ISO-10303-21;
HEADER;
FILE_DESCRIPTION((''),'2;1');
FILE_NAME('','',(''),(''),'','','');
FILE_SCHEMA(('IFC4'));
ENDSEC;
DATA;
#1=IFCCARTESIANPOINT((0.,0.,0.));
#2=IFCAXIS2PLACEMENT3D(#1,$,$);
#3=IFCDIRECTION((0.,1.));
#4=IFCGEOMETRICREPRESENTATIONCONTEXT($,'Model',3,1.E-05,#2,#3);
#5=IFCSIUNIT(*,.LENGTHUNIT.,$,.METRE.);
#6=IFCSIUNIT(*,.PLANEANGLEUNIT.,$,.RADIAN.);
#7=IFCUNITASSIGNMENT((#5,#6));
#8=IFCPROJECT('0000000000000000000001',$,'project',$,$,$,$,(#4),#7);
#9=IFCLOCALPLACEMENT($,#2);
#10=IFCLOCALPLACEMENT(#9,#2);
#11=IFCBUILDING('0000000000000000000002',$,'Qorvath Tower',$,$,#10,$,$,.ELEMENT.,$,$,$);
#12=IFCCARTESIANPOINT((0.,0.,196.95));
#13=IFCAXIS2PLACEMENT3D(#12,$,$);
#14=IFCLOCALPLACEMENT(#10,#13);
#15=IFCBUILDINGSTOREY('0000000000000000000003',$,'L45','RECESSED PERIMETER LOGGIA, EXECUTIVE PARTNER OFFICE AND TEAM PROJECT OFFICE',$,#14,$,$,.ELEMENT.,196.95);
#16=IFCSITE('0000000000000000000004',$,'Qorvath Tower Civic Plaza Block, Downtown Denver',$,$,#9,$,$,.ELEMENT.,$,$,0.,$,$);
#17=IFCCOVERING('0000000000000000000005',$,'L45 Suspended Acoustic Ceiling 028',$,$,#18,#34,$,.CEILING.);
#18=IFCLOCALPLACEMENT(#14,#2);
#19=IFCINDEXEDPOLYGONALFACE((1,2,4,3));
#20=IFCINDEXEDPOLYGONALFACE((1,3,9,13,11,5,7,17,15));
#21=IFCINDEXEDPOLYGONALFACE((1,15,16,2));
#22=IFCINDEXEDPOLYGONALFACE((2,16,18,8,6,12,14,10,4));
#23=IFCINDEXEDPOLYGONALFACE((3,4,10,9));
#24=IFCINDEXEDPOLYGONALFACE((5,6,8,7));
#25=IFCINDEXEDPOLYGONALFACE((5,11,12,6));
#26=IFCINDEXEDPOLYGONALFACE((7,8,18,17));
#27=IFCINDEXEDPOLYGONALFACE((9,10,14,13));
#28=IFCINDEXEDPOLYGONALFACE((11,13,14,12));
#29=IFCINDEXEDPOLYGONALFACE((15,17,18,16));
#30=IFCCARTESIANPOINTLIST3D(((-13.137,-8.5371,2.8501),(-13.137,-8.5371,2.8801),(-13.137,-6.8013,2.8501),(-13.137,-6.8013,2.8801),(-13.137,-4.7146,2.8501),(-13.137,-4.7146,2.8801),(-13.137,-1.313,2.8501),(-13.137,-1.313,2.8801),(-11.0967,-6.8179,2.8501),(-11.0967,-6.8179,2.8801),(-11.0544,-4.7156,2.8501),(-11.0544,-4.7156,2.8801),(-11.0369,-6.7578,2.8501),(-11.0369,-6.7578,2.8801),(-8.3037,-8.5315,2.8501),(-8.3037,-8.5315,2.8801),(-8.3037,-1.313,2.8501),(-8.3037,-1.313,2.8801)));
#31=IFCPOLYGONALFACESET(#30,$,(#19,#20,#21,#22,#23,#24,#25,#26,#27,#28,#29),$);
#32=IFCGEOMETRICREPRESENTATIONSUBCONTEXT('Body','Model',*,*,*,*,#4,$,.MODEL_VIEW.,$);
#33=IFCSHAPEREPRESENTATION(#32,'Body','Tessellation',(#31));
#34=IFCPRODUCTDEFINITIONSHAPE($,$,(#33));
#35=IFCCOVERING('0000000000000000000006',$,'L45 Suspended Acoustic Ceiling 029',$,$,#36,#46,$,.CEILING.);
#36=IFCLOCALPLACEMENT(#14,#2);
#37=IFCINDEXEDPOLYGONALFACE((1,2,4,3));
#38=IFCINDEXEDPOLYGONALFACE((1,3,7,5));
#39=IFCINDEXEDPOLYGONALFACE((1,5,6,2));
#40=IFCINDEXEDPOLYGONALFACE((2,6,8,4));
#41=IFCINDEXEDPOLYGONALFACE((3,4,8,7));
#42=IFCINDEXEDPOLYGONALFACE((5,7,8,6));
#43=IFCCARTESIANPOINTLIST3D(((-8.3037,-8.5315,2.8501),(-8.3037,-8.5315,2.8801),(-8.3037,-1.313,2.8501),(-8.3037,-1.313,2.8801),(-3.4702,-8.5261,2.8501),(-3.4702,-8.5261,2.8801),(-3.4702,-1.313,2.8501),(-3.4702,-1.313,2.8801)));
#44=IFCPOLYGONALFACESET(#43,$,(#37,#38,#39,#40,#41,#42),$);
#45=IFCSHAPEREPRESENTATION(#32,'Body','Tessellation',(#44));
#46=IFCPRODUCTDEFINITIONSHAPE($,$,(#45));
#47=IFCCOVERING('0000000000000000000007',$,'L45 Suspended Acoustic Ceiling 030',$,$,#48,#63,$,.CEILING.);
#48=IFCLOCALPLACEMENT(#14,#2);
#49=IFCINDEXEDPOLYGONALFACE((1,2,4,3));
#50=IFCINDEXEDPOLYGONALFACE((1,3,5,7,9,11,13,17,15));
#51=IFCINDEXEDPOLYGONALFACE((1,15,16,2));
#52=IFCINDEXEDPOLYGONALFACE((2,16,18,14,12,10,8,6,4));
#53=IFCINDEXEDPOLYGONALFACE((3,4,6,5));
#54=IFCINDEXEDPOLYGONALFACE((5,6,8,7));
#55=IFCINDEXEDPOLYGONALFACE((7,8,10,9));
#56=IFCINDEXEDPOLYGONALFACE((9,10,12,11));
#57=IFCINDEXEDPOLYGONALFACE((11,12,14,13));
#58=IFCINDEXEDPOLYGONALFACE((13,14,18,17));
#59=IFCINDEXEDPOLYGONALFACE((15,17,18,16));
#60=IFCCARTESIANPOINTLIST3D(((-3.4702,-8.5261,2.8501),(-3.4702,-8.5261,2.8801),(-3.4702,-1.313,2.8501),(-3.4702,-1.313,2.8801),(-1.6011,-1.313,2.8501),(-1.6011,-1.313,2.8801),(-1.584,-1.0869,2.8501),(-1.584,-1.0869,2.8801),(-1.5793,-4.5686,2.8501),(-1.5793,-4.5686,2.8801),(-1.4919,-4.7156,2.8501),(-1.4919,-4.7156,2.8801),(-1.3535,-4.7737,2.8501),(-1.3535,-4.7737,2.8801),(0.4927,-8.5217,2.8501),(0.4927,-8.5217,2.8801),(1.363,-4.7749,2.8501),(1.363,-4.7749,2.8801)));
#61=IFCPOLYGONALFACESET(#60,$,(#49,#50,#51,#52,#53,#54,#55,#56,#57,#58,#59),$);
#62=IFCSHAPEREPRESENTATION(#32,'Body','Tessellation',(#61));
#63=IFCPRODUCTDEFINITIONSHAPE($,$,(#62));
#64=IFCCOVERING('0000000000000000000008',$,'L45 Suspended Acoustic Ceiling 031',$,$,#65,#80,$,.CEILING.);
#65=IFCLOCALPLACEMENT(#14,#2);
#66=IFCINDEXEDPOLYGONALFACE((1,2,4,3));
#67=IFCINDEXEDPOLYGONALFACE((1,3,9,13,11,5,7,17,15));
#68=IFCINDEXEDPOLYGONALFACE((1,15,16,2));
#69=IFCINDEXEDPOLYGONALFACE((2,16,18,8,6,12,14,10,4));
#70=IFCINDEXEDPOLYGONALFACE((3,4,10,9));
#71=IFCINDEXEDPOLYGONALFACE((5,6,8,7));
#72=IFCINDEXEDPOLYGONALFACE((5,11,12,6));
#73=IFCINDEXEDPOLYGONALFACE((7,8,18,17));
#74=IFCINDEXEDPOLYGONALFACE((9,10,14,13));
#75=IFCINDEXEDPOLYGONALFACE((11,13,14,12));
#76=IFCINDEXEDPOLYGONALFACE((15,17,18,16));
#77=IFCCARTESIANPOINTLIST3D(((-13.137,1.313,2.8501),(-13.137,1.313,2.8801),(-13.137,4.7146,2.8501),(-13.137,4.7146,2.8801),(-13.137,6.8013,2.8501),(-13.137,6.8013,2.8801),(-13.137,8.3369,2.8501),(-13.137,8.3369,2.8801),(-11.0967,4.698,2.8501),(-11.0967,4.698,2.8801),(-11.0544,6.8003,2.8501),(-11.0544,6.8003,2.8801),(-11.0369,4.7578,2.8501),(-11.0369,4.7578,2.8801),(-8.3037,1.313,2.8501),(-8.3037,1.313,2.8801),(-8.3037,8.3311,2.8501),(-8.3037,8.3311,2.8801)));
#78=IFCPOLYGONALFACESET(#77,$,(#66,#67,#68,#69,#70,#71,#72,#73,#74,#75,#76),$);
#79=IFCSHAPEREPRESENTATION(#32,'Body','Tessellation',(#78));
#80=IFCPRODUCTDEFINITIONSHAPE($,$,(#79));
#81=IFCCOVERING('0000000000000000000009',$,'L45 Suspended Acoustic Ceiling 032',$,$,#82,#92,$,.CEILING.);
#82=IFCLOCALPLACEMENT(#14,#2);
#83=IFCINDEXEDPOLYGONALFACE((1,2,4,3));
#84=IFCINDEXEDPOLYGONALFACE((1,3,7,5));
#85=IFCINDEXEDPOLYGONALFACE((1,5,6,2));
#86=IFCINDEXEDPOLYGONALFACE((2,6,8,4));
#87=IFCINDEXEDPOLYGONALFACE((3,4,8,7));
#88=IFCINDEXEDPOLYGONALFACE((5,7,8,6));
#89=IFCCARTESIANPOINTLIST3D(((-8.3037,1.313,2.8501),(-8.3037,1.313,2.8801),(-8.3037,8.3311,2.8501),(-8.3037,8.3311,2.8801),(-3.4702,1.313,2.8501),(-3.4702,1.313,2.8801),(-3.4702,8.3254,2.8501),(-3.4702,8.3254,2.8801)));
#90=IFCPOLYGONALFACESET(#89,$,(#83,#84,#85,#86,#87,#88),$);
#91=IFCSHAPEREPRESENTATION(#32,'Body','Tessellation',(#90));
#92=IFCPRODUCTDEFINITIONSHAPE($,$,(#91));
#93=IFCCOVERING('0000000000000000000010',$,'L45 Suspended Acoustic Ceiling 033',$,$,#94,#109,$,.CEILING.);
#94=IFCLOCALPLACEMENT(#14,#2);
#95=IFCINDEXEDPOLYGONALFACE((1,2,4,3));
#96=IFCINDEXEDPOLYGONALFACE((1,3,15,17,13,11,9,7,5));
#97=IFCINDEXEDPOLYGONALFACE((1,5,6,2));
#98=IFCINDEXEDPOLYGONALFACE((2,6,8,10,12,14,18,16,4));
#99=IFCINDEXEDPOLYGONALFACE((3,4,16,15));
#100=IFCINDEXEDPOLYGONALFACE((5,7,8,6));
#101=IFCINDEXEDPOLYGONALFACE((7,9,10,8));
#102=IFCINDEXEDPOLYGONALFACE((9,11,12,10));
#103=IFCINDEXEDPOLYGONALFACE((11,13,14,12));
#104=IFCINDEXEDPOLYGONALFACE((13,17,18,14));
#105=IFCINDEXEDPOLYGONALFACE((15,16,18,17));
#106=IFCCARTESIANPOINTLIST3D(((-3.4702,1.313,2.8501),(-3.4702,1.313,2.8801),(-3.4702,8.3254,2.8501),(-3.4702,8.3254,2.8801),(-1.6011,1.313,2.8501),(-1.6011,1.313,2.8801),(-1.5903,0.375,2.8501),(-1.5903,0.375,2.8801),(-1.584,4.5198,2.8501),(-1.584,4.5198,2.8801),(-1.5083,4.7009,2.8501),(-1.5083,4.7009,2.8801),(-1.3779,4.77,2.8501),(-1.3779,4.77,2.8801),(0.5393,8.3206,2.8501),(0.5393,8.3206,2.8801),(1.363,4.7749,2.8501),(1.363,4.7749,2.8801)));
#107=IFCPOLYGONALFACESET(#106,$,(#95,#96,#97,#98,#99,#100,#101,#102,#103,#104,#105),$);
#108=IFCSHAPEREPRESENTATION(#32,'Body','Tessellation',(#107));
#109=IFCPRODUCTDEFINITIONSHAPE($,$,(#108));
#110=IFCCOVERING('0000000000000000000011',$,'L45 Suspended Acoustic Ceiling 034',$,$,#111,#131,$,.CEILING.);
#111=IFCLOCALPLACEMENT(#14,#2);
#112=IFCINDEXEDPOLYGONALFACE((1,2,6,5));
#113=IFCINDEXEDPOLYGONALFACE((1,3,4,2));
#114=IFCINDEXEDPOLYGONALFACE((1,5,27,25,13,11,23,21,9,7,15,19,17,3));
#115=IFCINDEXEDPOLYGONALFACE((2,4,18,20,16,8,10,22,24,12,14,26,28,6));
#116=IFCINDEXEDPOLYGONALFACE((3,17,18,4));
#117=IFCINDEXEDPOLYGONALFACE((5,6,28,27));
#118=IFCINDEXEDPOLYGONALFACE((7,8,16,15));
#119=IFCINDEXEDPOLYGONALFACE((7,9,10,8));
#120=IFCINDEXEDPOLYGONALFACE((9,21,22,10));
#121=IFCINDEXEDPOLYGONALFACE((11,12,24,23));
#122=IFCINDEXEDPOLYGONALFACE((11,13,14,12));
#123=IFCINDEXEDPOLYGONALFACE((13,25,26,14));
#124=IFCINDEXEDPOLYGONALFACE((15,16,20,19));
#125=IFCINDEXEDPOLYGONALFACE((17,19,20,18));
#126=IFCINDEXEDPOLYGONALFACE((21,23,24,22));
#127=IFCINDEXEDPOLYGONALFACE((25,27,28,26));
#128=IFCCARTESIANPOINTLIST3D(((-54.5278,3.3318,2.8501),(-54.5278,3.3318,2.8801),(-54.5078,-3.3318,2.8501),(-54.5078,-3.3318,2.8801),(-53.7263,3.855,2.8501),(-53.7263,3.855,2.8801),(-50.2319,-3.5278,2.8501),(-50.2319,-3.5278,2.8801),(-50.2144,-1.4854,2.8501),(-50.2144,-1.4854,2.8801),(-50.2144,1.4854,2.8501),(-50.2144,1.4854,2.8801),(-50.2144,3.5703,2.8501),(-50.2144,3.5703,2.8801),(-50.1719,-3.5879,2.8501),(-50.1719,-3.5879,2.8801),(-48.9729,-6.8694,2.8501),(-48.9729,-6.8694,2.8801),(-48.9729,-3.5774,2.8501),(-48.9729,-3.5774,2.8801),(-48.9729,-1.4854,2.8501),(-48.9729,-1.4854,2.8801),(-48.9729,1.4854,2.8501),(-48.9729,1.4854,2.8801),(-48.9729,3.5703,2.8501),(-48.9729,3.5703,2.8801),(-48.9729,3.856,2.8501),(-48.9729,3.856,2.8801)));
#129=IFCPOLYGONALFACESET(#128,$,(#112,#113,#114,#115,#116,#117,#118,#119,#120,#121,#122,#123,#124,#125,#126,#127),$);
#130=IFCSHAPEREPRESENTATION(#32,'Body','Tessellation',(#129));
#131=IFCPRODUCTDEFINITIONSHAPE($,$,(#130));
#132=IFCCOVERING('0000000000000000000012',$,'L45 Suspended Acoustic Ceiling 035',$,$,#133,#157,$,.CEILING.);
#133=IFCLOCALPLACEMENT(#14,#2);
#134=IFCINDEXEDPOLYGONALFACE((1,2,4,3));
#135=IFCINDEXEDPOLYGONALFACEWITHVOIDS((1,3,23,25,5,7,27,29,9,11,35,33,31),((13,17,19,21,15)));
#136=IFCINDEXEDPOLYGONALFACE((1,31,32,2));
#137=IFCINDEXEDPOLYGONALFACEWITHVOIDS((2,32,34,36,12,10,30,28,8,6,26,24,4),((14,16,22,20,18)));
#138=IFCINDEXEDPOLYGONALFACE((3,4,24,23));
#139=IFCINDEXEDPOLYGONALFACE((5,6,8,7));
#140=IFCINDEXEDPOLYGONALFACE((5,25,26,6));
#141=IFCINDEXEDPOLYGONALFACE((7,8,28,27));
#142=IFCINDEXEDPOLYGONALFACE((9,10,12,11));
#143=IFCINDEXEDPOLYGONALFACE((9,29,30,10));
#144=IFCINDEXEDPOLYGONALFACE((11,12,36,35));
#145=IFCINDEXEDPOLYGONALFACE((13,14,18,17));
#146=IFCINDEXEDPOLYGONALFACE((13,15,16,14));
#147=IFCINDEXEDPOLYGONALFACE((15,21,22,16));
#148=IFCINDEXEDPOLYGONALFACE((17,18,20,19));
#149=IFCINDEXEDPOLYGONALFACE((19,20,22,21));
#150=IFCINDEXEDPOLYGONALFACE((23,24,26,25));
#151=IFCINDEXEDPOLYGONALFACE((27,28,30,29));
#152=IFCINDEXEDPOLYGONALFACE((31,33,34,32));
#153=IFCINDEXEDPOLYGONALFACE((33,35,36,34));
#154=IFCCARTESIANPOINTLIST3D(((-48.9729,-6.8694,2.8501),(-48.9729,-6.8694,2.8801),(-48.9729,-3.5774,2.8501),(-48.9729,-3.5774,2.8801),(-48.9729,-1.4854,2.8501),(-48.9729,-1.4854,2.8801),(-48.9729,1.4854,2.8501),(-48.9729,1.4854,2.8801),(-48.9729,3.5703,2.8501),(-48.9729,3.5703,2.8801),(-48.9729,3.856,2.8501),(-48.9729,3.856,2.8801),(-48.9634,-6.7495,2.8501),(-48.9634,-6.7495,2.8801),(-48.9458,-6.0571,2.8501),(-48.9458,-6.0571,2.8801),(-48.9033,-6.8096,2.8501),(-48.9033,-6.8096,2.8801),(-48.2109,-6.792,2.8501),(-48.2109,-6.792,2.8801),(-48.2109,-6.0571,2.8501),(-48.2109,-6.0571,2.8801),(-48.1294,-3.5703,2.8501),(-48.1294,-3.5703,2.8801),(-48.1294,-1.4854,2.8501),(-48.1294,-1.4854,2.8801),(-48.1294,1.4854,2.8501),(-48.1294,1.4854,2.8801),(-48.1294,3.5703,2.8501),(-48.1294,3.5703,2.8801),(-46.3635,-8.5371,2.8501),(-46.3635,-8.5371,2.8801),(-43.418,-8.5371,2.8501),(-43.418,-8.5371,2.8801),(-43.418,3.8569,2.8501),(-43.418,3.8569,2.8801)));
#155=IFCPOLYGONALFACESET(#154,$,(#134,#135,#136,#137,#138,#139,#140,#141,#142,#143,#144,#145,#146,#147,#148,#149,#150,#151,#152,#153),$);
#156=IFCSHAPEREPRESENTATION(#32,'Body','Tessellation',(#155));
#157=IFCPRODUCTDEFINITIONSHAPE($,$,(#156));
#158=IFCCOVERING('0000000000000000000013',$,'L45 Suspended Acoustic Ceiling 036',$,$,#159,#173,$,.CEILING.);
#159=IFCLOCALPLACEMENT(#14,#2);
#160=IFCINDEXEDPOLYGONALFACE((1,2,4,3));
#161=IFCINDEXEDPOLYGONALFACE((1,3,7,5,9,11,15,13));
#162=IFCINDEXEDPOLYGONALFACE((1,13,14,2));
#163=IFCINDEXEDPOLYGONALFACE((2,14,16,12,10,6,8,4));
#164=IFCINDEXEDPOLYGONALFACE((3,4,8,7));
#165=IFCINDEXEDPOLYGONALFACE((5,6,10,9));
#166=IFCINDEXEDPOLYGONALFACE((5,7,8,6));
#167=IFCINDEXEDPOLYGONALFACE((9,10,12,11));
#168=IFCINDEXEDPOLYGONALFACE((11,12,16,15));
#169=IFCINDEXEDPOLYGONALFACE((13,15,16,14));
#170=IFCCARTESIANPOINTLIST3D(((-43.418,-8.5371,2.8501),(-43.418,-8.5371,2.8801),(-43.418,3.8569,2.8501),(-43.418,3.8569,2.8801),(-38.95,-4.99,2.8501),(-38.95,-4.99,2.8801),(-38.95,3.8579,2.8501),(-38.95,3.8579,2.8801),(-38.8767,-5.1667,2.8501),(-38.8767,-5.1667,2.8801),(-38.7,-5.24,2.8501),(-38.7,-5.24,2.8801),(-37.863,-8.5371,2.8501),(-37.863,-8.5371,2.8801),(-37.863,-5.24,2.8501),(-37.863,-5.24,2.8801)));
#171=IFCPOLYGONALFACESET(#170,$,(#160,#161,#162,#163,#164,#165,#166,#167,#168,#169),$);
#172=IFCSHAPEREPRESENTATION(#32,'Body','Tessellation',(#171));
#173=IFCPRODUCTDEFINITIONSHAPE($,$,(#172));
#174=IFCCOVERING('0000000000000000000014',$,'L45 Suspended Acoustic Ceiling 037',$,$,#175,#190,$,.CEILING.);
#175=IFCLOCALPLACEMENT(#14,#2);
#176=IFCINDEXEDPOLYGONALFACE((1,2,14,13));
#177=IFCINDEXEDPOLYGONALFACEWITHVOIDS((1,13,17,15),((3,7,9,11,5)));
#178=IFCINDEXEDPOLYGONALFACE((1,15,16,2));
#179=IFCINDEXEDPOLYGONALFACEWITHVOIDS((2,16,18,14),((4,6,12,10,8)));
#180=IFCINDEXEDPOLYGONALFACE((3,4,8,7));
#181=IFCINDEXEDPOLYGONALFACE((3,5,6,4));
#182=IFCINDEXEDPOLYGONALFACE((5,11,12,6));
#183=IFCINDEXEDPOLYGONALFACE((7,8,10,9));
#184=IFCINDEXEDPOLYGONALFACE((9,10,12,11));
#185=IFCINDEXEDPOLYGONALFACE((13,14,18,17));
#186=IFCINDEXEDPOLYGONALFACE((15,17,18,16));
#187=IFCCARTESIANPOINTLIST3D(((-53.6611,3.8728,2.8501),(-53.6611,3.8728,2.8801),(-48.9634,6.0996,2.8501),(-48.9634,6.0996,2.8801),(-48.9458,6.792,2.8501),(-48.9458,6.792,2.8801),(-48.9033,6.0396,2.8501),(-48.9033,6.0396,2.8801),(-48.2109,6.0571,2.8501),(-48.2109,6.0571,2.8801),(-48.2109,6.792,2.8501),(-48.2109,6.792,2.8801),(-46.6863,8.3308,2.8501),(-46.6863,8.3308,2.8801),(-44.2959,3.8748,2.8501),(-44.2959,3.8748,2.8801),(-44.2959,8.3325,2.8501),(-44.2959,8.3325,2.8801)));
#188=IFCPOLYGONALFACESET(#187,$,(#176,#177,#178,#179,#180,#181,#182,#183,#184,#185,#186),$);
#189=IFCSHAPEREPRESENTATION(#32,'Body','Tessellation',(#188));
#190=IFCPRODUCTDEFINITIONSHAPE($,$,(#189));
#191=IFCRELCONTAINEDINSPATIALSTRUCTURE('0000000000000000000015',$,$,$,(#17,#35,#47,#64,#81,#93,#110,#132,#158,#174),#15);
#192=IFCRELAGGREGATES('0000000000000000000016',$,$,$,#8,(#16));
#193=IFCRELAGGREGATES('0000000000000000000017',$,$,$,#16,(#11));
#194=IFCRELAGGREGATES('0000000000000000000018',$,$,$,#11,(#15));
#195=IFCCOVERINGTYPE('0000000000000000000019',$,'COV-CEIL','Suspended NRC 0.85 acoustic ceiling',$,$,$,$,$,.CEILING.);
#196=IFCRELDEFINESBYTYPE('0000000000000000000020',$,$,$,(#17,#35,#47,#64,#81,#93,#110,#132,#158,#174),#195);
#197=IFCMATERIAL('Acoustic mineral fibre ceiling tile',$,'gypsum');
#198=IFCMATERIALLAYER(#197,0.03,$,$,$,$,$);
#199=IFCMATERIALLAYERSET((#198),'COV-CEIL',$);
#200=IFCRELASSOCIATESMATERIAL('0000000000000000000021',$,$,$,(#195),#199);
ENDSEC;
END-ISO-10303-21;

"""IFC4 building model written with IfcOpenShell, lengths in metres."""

from ifc_helpers import new_model, si_unit, direction, frame, origin, place, context, subcontext, project, spatial, polyline, outline, extrude, material, layer, layer_set, type_object, element, save


model = new_model("IFC4")

# Units and contexts
model_context = context("Model", 3, precision=1e-05, world=origin(), true_north=direction((0.0, 1.0)))
body_context = subcontext(model_context, "Body", "Model", "MODEL_VIEW")
ifc_project = project(units=[si_unit("LENGTHUNIT", "METRE"), si_unit("PLANEANGLEUNIT", "RADIAN")], contexts=[model_context])

# Site, building, storey
site_placement = place(None, origin())
site = spatial("IfcSite", under=ifc_project, at=site_placement, Name="Qorvath Tower Civic Plaza Block, Downtown Denver", CompositionType="ELEMENT", RefElevation=0.0)
building_placement = place(site_placement, origin())
building = spatial("IfcBuilding", under=site, at=building_placement, Name="Qorvath Tower", CompositionType="ELEMENT")
storey_placement = place(building_placement, frame((0.0, 0.0, 196.95)))
storey = spatial("IfcBuildingStorey", under=building, at=storey_placement, Name="L45", Description="RECESSED PERIMETER LOGGIA, EXECUTIVE PARTNER OFFICE AND TEAM PROJECT OFFICE", CompositionType="ELEMENT", Elevation=196.95)

# Coverings
ifc_material_1 = material(Name="Acoustic mineral fibre ceiling tile", Category="gypsum")
ifc_layer_1 = layer(ifc_material_1, 0.03)
ifc_layer_set_1 = layer_set([ifc_layer_1], Name="COV-CEIL")
covering_type_1 = type_object("IfcCoveringType", Name="COV-CEIL", Description="Suspended NRC 0.85 acoustic ceiling", PredefinedType="CEILING", material=ifc_layer_set_1)
covering_1_placement = place(storey_placement, frame((0.0, 0.0, 2.8501)))
element("IfcCovering", 1, at=covering_1_placement, inside=storey, type_object=covering_type_1, Name="L45 Suspended Acoustic Ceiling 028", PredefinedType="CEILING", context=body_context, shape_type="SweptSolid", body=[
    extrude(outline(polyline([(-8.3037, -8.5315), (-8.3037, -1.313), (-13.137, -1.313), (-13.137, -4.7146), (-11.0544, -4.7156), (-11.0369, -6.7578), (-11.0967, -6.8179), (-13.137, -6.8013), (-13.137, -8.5371), (-8.3037, -8.5315)])), origin(), (0.0, 0.0, 1.0), 0.03),
])
covering_2_placement = place(storey_placement, frame((0.0, 0.0, 2.8501)))
element("IfcCovering", 2, at=covering_2_placement, inside=storey, type_object=covering_type_1, Name="L45 Suspended Acoustic Ceiling 029", PredefinedType="CEILING", context=body_context, shape_type="SweptSolid", body=[
    extrude(outline(polyline([(-3.4702, -8.5261), (-3.4702, -1.313), (-8.3037, -1.313), (-8.3037, -8.5315), (-3.4702, -8.5261)])), origin(), (0.0, 0.0, 1.0), 0.03),
])
covering_3_placement = place(storey_placement, frame((0.0, 0.0, 2.8501)))
element("IfcCovering", 3, at=covering_3_placement, inside=storey, type_object=covering_type_1, Name="L45 Suspended Acoustic Ceiling 030", PredefinedType="CEILING", context=body_context, shape_type="SweptSolid", body=[
    extrude(outline(polyline([(-1.4919, -4.7156), (-1.5793, -4.5686), (-1.584, -1.0869), (-1.6011, -1.313), (-3.4702, -1.313), (-3.4702, -8.5261), (0.4927, -8.5217), (1.363, -4.7749), (-1.3535, -4.7737), (-1.4919, -4.7156)])), origin(), (0.0, 0.0, 1.0), 0.03),
])
covering_4_placement = place(storey_placement, frame((0.0, 0.0, 2.8501)))
element("IfcCovering", 4, at=covering_4_placement, inside=storey, type_object=covering_type_1, Name="L45 Suspended Acoustic Ceiling 031", PredefinedType="CEILING", context=body_context, shape_type="SweptSolid", body=[
    extrude(outline(polyline([(-8.3037, 1.313), (-8.3037, 8.3311), (-13.137, 8.3369), (-13.137, 6.8013), (-11.0544, 6.8003), (-11.0369, 4.7578), (-11.0967, 4.698), (-13.137, 4.7146), (-13.137, 1.313), (-8.3037, 1.313)])), origin(), (0.0, 0.0, 1.0), 0.03),
])
covering_5_placement = place(storey_placement, frame((0.0, 0.0, 2.8501)))
element("IfcCovering", 5, at=covering_5_placement, inside=storey, type_object=covering_type_1, Name="L45 Suspended Acoustic Ceiling 032", PredefinedType="CEILING", context=body_context, shape_type="SweptSolid", body=[
    extrude(outline(polyline([(-3.4702, 1.313), (-3.4702, 8.3254), (-8.3037, 8.3311), (-8.3037, 1.313), (-3.4702, 1.313)])), origin(), (0.0, 0.0, 1.0), 0.03),
])
covering_6_placement = place(storey_placement, frame((0.0, 0.0, 2.8501)))
element("IfcCovering", 6, at=covering_6_placement, inside=storey, type_object=covering_type_1, Name="L45 Suspended Acoustic Ceiling 033", PredefinedType="CEILING", context=body_context, shape_type="SweptSolid", body=[
    extrude(outline(polyline([(-1.5083, 4.7009), (-1.3779, 4.77), (1.363, 4.7749), (0.5393, 8.3206), (-3.4702, 8.3254), (-3.4702, 1.313), (-1.6011, 1.313), (-1.5903, 0.375), (-1.584, 4.5198), (-1.5083, 4.7009)])), origin(), (0.0, 0.0, 1.0), 0.03),
])
covering_7_placement = place(storey_placement, frame((0.0, 0.0, 2.8501)))
element("IfcCovering", 7, at=covering_7_placement, inside=storey, type_object=covering_type_1, Name="L45 Suspended Acoustic Ceiling 034", PredefinedType="CEILING", context=body_context, shape_type="SweptSolid", body=[
    extrude(outline(polyline([(-53.7263, 3.855), (-54.5278, 3.3318), (-54.5078, -3.3318), (-48.9729, -6.8694), (-48.9729, -3.5774), (-50.1719, -3.5879), (-50.2319, -3.5278), (-50.2144, -1.4854), (-48.9729, -1.4854), (-48.9729, 1.4854), (-50.2144, 1.4854), (-50.2144, 3.5703), (-48.9729, 3.5703), (-48.9729, 3.856), (-53.7263, 3.855)])), origin(), (0.0, 0.0, 1.0), 0.03),
])
covering_8_placement = place(storey_placement, frame((0.0, 0.0, 2.8501)))
element("IfcCovering", 8, at=covering_8_placement, inside=storey, type_object=covering_type_1, Name="L45 Suspended Acoustic Ceiling 035", PredefinedType="CEILING", context=body_context, shape_type="SweptSolid", body=[
    extrude(outline(polyline([(-48.9729, 3.856), (-48.9729, 3.5703), (-48.1294, 3.5703), (-48.1294, 1.4854), (-48.9729, 1.4854), (-48.9729, -1.4854), (-48.1294, -1.4854), (-48.1294, -3.5703), (-48.9729, -3.5774), (-48.9729, -6.8694), (-46.3635, -8.5371), (-43.418, -8.5371), (-43.418, 3.8569), (-48.9729, 3.856)]), holes=[polyline([(-48.9634, -6.7495), (-48.9458, -6.0571), (-48.2109, -6.0571), (-48.2109, -6.792), (-48.9033, -6.8096), (-48.9634, -6.7495)])]), origin(), (0.0, 0.0, 1.0), 0.03),
])
covering_9_placement = place(storey_placement, frame((0.0, 0.0, 2.8501)))
element("IfcCovering", 9, at=covering_9_placement, inside=storey, type_object=covering_type_1, Name="L45 Suspended Acoustic Ceiling 036", PredefinedType="CEILING", context=body_context, shape_type="SweptSolid", body=[
    extrude(outline(polyline([(-43.418, 3.8569), (-43.418, -8.5371), (-37.863, -8.5371), (-37.863, -5.24), (-38.7, -5.24), (-38.8767, -5.1667), (-38.95, -4.99), (-38.95, 3.8579), (-43.418, 3.8569)])), origin(), (0.0, 0.0, 1.0), 0.03),
])
covering_10_placement = place(storey_placement, frame((0.0, 0.0, 2.8501)))
element("IfcCovering", 10, at=covering_10_placement, inside=storey, type_object=covering_type_1, Name="L45 Suspended Acoustic Ceiling 037", PredefinedType="CEILING", context=body_context, shape_type="SweptSolid", body=[
    extrude(outline(polyline([(-44.2959, 3.8748), (-44.2959, 8.3325), (-46.6863, 8.3308), (-53.6611, 3.8728), (-44.2959, 3.8748)]), holes=[polyline([(-48.9634, 6.0996), (-48.9458, 6.792), (-48.2109, 6.792), (-48.2109, 6.0571), (-48.9033, 6.0396), (-48.9634, 6.0996)])]), origin(), (0.0, 0.0, 1.0), 0.03),
])

save(model, "model.ifc")
